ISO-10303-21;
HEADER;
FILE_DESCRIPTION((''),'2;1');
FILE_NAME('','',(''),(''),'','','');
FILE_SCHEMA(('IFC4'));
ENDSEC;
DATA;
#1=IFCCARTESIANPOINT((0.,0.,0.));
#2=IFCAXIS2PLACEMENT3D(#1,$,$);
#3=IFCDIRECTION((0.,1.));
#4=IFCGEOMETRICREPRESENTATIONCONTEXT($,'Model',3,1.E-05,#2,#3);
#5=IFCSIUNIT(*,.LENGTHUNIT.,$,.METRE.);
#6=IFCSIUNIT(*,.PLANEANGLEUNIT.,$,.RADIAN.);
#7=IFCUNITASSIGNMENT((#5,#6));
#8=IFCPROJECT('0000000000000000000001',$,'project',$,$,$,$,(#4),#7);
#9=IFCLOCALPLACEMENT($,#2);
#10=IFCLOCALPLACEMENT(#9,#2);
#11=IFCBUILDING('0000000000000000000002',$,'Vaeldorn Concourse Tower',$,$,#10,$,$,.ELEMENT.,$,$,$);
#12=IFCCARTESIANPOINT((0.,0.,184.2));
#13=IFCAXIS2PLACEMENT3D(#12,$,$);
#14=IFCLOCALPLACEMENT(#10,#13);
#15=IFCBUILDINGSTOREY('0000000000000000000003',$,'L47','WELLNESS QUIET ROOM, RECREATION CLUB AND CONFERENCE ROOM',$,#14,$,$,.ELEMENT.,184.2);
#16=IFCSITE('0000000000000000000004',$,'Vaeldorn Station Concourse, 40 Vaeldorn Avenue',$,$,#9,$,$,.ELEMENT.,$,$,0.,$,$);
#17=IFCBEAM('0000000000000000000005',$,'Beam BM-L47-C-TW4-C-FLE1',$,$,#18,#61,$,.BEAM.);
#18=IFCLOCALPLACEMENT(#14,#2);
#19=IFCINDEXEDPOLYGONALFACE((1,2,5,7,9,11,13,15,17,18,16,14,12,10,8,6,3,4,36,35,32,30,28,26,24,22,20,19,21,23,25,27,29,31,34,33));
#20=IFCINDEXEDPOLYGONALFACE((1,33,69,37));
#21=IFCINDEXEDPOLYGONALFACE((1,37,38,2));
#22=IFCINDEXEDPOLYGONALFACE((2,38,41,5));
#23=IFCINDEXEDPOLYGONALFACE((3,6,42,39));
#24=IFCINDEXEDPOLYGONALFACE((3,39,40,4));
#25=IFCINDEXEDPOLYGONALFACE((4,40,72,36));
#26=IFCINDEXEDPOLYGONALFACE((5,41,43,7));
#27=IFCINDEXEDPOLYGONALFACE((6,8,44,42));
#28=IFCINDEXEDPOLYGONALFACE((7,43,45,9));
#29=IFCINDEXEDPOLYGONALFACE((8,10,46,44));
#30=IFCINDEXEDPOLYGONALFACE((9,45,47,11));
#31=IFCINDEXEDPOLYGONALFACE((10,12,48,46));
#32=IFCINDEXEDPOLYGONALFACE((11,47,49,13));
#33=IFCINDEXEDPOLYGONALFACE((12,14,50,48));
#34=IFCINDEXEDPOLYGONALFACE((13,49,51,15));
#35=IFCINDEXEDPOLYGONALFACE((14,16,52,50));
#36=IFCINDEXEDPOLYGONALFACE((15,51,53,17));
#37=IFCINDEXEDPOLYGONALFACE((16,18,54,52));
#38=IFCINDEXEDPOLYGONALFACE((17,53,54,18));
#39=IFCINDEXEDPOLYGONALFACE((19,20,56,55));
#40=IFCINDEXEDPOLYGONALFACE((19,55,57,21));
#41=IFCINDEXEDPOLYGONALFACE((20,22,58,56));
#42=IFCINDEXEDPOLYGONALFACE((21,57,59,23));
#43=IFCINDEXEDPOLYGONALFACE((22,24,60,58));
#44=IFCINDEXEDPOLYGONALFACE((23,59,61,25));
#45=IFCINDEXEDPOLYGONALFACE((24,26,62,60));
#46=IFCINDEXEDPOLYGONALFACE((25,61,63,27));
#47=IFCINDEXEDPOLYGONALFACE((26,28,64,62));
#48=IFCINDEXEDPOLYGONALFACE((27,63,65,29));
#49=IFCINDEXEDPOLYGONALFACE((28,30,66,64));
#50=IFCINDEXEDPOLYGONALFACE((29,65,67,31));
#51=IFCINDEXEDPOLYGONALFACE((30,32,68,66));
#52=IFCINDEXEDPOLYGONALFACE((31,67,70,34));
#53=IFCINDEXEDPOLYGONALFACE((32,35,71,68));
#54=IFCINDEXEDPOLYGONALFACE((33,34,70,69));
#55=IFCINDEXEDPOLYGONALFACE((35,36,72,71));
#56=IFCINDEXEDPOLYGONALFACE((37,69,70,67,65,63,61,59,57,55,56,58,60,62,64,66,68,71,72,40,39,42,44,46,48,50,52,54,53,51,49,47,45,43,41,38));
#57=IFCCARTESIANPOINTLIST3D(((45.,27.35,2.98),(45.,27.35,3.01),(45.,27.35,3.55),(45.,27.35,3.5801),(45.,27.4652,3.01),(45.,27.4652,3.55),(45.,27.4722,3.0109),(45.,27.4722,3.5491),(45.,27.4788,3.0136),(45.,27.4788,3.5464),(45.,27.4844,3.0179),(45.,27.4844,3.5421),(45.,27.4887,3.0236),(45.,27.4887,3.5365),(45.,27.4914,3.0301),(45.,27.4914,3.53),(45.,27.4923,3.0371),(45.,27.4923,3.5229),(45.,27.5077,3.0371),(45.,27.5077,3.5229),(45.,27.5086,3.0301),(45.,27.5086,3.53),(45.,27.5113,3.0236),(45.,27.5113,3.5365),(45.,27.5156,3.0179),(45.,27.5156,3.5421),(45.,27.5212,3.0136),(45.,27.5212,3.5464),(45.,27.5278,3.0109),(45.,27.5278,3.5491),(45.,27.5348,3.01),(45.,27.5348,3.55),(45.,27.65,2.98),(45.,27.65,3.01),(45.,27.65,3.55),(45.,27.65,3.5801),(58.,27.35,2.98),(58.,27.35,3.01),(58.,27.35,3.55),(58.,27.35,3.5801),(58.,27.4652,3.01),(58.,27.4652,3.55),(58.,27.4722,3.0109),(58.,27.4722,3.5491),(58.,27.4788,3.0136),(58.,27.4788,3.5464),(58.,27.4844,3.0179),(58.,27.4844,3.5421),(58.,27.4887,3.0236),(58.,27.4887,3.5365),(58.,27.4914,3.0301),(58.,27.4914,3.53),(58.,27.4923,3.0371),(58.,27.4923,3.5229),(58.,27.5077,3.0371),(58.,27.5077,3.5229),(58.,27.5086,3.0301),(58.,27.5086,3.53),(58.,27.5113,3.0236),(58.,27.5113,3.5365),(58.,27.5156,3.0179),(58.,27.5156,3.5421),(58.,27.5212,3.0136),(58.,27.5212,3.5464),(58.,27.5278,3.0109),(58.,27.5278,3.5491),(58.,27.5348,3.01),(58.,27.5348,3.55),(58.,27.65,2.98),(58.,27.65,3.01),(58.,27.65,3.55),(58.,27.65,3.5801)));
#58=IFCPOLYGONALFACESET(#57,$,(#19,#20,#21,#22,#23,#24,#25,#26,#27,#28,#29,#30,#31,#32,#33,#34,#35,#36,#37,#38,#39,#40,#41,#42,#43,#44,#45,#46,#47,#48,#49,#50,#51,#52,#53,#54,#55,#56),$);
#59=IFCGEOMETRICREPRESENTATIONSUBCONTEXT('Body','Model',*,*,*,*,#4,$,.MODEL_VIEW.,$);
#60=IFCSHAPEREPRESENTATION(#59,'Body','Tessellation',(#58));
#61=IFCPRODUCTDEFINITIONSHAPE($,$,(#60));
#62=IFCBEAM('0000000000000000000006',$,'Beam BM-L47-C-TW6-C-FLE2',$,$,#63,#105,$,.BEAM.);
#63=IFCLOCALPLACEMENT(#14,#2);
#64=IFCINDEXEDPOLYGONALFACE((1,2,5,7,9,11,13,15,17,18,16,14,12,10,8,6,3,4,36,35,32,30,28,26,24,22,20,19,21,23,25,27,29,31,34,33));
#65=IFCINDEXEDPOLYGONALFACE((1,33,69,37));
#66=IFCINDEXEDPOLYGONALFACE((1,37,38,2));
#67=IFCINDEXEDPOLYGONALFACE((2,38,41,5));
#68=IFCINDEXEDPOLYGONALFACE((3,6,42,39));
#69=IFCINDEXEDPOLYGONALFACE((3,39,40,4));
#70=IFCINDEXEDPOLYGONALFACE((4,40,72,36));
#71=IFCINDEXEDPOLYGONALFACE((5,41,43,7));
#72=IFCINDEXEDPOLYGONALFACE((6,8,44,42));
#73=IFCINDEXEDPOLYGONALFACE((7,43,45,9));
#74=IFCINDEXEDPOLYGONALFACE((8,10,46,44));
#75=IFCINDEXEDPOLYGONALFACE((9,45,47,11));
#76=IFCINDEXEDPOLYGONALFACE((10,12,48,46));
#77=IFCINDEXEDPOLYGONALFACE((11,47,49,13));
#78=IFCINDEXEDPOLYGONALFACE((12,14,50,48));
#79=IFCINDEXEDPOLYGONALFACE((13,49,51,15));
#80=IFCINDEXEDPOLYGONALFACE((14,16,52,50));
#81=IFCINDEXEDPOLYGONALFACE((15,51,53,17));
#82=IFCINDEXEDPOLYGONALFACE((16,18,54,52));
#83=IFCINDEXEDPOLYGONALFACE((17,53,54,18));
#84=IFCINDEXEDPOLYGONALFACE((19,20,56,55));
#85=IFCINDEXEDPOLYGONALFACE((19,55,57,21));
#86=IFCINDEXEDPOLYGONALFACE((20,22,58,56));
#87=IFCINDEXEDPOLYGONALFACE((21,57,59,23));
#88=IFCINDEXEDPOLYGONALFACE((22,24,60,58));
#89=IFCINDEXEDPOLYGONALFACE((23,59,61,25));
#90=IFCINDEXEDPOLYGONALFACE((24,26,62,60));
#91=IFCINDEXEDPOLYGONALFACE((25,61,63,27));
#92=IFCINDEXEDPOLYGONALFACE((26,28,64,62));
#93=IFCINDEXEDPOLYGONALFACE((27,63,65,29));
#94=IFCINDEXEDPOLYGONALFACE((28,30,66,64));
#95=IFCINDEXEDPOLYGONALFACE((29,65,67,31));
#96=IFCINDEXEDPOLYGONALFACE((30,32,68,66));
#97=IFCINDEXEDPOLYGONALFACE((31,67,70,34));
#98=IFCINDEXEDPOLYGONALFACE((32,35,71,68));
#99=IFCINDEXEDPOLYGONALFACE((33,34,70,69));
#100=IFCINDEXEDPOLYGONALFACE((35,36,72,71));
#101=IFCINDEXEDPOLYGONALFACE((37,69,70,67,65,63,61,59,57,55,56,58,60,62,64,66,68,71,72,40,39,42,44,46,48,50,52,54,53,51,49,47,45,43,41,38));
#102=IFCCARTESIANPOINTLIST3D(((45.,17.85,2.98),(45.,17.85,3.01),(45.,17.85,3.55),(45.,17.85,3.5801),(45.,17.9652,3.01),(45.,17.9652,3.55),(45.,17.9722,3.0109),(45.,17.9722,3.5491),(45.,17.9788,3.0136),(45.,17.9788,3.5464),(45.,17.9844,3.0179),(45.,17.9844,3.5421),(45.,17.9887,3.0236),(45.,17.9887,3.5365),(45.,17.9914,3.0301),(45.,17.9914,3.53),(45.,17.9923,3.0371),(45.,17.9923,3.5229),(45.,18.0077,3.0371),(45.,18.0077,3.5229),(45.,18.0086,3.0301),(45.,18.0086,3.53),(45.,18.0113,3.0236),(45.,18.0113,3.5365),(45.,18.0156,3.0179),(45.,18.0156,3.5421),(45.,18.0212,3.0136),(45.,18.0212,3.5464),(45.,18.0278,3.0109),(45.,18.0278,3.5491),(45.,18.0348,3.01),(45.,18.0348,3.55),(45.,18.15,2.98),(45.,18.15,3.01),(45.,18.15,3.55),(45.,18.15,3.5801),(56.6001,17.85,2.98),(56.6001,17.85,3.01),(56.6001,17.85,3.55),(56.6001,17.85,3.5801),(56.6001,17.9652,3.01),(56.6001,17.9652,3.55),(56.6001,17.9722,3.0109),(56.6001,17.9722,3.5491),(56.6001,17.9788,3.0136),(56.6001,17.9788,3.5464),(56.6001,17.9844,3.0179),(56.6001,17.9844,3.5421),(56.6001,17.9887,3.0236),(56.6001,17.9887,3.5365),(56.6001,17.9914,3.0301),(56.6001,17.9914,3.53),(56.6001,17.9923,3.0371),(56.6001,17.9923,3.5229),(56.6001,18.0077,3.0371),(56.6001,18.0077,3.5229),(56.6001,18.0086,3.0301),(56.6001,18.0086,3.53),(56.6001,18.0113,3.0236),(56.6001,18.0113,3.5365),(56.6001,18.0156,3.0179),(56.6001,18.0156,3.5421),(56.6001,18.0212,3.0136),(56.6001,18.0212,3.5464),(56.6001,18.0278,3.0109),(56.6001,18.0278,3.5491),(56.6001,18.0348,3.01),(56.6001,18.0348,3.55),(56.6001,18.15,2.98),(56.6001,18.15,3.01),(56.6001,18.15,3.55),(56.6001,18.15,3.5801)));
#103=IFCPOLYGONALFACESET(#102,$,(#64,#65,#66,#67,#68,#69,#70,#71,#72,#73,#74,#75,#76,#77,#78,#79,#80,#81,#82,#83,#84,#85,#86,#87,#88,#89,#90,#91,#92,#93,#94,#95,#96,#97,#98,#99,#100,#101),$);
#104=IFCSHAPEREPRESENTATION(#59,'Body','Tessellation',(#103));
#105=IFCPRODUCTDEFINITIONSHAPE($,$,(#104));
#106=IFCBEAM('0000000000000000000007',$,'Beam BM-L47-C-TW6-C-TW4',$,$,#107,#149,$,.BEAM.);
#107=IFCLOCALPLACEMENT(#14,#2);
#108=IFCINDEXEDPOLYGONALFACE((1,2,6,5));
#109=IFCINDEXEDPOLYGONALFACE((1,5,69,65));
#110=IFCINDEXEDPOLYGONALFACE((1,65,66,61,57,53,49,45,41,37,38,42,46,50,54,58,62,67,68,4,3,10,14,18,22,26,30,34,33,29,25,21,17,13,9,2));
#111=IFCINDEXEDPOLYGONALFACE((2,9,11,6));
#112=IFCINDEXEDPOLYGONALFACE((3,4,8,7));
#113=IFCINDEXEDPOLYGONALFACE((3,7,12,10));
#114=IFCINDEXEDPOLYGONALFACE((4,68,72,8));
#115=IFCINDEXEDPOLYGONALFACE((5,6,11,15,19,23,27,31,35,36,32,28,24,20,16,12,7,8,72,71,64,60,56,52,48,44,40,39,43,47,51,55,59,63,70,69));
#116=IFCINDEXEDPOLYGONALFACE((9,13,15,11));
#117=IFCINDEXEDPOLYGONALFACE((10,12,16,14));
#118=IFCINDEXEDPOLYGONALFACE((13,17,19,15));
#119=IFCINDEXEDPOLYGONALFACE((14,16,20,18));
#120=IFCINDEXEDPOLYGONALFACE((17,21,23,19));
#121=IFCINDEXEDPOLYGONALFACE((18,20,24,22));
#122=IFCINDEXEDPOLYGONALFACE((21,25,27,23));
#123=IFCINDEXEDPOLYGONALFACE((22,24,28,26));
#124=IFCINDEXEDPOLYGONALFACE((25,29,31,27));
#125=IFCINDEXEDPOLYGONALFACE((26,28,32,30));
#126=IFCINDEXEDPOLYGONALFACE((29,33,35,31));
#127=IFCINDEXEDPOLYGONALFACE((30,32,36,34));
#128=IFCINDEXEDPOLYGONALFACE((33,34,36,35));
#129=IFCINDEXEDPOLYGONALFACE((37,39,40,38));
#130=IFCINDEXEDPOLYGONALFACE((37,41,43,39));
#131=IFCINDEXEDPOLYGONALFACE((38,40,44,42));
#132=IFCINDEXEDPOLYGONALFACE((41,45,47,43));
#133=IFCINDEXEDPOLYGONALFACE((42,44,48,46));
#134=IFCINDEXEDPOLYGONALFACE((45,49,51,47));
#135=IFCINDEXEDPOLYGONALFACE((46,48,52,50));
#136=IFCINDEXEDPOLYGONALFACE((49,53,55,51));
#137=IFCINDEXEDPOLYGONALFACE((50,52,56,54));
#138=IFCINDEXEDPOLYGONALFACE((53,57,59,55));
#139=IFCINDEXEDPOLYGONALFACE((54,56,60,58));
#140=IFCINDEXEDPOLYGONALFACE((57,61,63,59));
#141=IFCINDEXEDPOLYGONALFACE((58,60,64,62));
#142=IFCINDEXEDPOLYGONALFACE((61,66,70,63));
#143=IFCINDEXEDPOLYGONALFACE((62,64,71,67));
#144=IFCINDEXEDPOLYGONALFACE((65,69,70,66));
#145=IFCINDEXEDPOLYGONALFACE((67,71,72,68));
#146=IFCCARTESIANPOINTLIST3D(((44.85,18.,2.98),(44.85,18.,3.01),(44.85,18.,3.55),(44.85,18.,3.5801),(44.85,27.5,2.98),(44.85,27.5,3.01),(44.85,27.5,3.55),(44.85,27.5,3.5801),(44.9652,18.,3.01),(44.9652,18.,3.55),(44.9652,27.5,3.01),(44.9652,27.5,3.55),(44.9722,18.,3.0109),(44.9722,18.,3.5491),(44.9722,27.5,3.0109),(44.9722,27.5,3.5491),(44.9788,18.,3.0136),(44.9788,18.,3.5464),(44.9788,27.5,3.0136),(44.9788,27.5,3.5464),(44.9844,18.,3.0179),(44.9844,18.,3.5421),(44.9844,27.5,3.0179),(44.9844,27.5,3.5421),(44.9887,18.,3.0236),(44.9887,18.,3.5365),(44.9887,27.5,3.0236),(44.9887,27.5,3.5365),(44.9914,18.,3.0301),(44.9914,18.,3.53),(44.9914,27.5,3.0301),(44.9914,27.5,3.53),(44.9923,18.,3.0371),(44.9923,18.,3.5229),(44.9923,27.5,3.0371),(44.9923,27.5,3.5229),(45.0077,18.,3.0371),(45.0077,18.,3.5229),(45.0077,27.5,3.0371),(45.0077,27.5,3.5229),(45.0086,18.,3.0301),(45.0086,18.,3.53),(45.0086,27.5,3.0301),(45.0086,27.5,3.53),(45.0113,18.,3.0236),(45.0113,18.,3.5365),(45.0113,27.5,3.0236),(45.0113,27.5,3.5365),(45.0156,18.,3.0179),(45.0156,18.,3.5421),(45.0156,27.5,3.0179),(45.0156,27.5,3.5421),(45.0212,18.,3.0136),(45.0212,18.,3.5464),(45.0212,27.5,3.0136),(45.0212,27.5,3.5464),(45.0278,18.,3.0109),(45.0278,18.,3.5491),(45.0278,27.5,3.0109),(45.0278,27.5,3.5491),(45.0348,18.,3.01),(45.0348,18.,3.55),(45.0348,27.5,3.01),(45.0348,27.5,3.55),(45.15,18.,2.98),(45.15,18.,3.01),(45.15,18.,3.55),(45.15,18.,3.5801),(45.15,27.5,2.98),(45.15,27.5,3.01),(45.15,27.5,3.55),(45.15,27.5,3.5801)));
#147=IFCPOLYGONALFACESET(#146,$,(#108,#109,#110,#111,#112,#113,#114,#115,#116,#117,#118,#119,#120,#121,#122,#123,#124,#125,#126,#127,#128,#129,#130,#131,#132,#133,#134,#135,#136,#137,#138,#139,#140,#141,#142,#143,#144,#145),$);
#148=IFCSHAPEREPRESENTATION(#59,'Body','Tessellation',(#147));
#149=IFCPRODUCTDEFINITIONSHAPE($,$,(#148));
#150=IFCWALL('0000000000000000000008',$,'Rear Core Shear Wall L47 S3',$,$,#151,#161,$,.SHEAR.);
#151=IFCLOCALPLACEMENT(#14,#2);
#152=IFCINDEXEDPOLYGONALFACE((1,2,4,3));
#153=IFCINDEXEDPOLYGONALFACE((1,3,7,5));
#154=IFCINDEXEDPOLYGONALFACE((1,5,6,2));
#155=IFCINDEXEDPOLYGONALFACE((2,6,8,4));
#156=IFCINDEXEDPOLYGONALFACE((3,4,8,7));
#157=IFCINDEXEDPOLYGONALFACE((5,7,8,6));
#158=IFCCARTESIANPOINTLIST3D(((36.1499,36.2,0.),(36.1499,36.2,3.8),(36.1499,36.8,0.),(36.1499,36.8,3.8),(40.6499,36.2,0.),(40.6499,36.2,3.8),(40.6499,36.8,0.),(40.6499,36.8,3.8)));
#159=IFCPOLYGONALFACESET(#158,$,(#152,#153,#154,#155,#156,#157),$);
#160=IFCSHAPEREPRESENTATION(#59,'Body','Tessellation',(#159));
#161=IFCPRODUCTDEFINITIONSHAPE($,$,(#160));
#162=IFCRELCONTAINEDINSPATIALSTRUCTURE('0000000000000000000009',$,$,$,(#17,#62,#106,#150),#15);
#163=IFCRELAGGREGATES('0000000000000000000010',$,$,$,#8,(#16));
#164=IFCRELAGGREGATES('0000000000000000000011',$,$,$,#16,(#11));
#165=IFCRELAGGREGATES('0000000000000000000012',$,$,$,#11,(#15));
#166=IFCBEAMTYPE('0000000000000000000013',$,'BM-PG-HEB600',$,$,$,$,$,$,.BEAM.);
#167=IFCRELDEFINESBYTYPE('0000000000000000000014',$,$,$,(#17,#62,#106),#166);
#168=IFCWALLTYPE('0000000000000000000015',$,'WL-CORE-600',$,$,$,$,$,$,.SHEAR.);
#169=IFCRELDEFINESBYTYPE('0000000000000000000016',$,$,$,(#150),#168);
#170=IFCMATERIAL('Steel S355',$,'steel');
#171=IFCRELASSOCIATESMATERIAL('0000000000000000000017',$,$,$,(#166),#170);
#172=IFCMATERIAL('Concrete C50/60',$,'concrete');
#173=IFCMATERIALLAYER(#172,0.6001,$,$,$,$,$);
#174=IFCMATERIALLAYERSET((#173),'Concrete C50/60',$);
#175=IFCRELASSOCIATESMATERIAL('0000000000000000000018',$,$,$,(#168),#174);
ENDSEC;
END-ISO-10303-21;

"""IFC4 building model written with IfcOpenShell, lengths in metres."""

from ifc_helpers import new_model, si_unit, direction, frame, frame_2d, origin, origin_2d, place, context, subcontext, project, spatial, rectangle, i_section, extrude, source, transform, mapped, material, layer, layer_set, material_profile, profile_set, type_object, element, save


model = new_model("IFC4")

# Units and contexts
model_context = context("Model", 3, precision=1e-05, world=origin(), true_north=direction((0.0, 1.0)))
body_context = subcontext(model_context, "Body", "Model", "MODEL_VIEW")
ifc_project = project(units=[si_unit("LENGTHUNIT", "METRE"), si_unit("PLANEANGLEUNIT", "RADIAN")], contexts=[model_context])

# Site, building, storey
site_placement = place(None, origin())
site = spatial("IfcSite", under=ifc_project, at=site_placement, Name="Vaeldorn Station Concourse, 40 Vaeldorn Avenue", CompositionType="ELEMENT", RefElevation=0.0)
building_placement = place(site_placement, origin())
building = spatial("IfcBuilding", under=site, at=building_placement, Name="Vaeldorn Concourse Tower", CompositionType="ELEMENT")
storey_placement = place(building_placement, frame((0.0, 0.0, 184.2)))
storey = spatial("IfcBuildingStorey", under=building, at=storey_placement, Name="L47", Description="WELLNESS QUIET ROOM, RECREATION CLUB AND CONFERENCE ROOM", CompositionType="ELEMENT", Elevation=184.2)

# Shared definitions
ifc_material_1 = material(Name="Steel S355", Category="steel")

# Beams
ifc_material_profile_1 = material_profile(ifc_material_1, i_section(OverallWidth=0.3, OverallDepth=0.6001, WebThickness=0.0154, FlangeThickness=0.03, FilletRadius=0.0271, at=origin_2d()), Name="HEB 600")
ifc_profile_set_1 = profile_set([ifc_material_profile_1], Name="Steel S355")
beam_type_1 = type_object("IfcBeamType", Name="BM-PG-HEB600", PredefinedType="BEAM", material=ifc_profile_set_1)
shared_shape_1 = source(origin(), body_context, "Body", "SweptSolid", [
    extrude(i_section(OverallWidth=0.3, OverallDepth=0.6001, WebThickness=0.0154, FlangeThickness=0.03, FilletRadius=0.0271, at=origin_2d()), origin(), (0.0, 0.0, 1.0), 13.0),
])
beam_1_placement = place(storey_placement, frame((45.0, 27.5, 3.28), z_axis=(1.0, 0.0, 0.0), x_axis=(0.0, 1.0, 0.0)))
element("IfcBeam", 1, at=beam_1_placement, inside=storey, type_object=beam_type_1, Name="Beam BM-L47-C-TW4-C-FLE1", PredefinedType="BEAM", context=body_context, shape_type="MappedRepresentation", body=[
    mapped(shared_shape_1, transform((0.0, 0.0, 0.0), scale=1.0)),
])
shared_shape_2 = source(origin(), body_context, "Body", "SweptSolid", [
    extrude(i_section(OverallWidth=0.3, OverallDepth=0.6001, WebThickness=0.0154, FlangeThickness=0.03, FilletRadius=0.0271, at=origin_2d()), origin(), (0.0, 0.0, 1.0), 11.6001),
])
beam_2_placement = place(storey_placement, frame((45.0, 18.0, 3.28), z_axis=(1.0, 0.0, 0.0), x_axis=(0.0, 1.0, 0.0)))
element("IfcBeam", 2, at=beam_2_placement, inside=storey, type_object=beam_type_1, Name="Beam BM-L47-C-TW6-C-FLE2", PredefinedType="BEAM", context=body_context, shape_type="MappedRepresentation", body=[
    mapped(shared_shape_2, transform((0.0, 0.0, 0.0), scale=1.0)),
])
shared_shape_3 = source(origin(), body_context, "Body", "SweptSolid", [
    extrude(i_section(OverallWidth=0.3, OverallDepth=0.6001, WebThickness=0.0154, FlangeThickness=0.03, FilletRadius=0.0271, at=origin_2d()), origin(), (0.0, 0.0, 1.0), 9.5),
])
beam_3_placement = place(storey_placement, frame((45.0, 18.0, 3.28), z_axis=(0.0, 1.0, 0.0), x_axis=(-1.0, 0.0, 0.0)))
element("IfcBeam", 3, at=beam_3_placement, inside=storey, type_object=beam_type_1, Name="Beam BM-L47-C-TW6-C-TW4", PredefinedType="BEAM", context=body_context, shape_type="MappedRepresentation", body=[
    mapped(shared_shape_3, transform((0.0, 0.0, 0.0), scale=1.0)),
])

# Wall
ifc_material_2 = material(Name="Concrete C50/60", Category="concrete")
ifc_layer_1 = layer(ifc_material_2, 0.6001)
ifc_layer_set_1 = layer_set([ifc_layer_1], Name="Concrete C50/60")
wall_type_1 = type_object("IfcWallType", Name="WL-CORE-600", PredefinedType="SHEAR", material=ifc_layer_set_1)
wall_1_placement = place(storey_placement, frame((36.1499, 36.5, 0.0), z_axis=(0.0, 0.0, 1.0), x_axis=(1.0, 0.0, 0.0)))
element("IfcWall", 4, at=wall_1_placement, inside=storey, type_object=wall_type_1, Name="Rear Core Shear Wall L47 S3", PredefinedType="SHEAR", context=body_context, shape_type="SweptSolid", body=[
    extrude(rectangle(XDim=4.5, YDim=0.6001, at=frame_2d((2.25, 0.0))), origin(), (0.0, 0.0, 1.0), 3.8),
])

save(model, "model.ifc")
